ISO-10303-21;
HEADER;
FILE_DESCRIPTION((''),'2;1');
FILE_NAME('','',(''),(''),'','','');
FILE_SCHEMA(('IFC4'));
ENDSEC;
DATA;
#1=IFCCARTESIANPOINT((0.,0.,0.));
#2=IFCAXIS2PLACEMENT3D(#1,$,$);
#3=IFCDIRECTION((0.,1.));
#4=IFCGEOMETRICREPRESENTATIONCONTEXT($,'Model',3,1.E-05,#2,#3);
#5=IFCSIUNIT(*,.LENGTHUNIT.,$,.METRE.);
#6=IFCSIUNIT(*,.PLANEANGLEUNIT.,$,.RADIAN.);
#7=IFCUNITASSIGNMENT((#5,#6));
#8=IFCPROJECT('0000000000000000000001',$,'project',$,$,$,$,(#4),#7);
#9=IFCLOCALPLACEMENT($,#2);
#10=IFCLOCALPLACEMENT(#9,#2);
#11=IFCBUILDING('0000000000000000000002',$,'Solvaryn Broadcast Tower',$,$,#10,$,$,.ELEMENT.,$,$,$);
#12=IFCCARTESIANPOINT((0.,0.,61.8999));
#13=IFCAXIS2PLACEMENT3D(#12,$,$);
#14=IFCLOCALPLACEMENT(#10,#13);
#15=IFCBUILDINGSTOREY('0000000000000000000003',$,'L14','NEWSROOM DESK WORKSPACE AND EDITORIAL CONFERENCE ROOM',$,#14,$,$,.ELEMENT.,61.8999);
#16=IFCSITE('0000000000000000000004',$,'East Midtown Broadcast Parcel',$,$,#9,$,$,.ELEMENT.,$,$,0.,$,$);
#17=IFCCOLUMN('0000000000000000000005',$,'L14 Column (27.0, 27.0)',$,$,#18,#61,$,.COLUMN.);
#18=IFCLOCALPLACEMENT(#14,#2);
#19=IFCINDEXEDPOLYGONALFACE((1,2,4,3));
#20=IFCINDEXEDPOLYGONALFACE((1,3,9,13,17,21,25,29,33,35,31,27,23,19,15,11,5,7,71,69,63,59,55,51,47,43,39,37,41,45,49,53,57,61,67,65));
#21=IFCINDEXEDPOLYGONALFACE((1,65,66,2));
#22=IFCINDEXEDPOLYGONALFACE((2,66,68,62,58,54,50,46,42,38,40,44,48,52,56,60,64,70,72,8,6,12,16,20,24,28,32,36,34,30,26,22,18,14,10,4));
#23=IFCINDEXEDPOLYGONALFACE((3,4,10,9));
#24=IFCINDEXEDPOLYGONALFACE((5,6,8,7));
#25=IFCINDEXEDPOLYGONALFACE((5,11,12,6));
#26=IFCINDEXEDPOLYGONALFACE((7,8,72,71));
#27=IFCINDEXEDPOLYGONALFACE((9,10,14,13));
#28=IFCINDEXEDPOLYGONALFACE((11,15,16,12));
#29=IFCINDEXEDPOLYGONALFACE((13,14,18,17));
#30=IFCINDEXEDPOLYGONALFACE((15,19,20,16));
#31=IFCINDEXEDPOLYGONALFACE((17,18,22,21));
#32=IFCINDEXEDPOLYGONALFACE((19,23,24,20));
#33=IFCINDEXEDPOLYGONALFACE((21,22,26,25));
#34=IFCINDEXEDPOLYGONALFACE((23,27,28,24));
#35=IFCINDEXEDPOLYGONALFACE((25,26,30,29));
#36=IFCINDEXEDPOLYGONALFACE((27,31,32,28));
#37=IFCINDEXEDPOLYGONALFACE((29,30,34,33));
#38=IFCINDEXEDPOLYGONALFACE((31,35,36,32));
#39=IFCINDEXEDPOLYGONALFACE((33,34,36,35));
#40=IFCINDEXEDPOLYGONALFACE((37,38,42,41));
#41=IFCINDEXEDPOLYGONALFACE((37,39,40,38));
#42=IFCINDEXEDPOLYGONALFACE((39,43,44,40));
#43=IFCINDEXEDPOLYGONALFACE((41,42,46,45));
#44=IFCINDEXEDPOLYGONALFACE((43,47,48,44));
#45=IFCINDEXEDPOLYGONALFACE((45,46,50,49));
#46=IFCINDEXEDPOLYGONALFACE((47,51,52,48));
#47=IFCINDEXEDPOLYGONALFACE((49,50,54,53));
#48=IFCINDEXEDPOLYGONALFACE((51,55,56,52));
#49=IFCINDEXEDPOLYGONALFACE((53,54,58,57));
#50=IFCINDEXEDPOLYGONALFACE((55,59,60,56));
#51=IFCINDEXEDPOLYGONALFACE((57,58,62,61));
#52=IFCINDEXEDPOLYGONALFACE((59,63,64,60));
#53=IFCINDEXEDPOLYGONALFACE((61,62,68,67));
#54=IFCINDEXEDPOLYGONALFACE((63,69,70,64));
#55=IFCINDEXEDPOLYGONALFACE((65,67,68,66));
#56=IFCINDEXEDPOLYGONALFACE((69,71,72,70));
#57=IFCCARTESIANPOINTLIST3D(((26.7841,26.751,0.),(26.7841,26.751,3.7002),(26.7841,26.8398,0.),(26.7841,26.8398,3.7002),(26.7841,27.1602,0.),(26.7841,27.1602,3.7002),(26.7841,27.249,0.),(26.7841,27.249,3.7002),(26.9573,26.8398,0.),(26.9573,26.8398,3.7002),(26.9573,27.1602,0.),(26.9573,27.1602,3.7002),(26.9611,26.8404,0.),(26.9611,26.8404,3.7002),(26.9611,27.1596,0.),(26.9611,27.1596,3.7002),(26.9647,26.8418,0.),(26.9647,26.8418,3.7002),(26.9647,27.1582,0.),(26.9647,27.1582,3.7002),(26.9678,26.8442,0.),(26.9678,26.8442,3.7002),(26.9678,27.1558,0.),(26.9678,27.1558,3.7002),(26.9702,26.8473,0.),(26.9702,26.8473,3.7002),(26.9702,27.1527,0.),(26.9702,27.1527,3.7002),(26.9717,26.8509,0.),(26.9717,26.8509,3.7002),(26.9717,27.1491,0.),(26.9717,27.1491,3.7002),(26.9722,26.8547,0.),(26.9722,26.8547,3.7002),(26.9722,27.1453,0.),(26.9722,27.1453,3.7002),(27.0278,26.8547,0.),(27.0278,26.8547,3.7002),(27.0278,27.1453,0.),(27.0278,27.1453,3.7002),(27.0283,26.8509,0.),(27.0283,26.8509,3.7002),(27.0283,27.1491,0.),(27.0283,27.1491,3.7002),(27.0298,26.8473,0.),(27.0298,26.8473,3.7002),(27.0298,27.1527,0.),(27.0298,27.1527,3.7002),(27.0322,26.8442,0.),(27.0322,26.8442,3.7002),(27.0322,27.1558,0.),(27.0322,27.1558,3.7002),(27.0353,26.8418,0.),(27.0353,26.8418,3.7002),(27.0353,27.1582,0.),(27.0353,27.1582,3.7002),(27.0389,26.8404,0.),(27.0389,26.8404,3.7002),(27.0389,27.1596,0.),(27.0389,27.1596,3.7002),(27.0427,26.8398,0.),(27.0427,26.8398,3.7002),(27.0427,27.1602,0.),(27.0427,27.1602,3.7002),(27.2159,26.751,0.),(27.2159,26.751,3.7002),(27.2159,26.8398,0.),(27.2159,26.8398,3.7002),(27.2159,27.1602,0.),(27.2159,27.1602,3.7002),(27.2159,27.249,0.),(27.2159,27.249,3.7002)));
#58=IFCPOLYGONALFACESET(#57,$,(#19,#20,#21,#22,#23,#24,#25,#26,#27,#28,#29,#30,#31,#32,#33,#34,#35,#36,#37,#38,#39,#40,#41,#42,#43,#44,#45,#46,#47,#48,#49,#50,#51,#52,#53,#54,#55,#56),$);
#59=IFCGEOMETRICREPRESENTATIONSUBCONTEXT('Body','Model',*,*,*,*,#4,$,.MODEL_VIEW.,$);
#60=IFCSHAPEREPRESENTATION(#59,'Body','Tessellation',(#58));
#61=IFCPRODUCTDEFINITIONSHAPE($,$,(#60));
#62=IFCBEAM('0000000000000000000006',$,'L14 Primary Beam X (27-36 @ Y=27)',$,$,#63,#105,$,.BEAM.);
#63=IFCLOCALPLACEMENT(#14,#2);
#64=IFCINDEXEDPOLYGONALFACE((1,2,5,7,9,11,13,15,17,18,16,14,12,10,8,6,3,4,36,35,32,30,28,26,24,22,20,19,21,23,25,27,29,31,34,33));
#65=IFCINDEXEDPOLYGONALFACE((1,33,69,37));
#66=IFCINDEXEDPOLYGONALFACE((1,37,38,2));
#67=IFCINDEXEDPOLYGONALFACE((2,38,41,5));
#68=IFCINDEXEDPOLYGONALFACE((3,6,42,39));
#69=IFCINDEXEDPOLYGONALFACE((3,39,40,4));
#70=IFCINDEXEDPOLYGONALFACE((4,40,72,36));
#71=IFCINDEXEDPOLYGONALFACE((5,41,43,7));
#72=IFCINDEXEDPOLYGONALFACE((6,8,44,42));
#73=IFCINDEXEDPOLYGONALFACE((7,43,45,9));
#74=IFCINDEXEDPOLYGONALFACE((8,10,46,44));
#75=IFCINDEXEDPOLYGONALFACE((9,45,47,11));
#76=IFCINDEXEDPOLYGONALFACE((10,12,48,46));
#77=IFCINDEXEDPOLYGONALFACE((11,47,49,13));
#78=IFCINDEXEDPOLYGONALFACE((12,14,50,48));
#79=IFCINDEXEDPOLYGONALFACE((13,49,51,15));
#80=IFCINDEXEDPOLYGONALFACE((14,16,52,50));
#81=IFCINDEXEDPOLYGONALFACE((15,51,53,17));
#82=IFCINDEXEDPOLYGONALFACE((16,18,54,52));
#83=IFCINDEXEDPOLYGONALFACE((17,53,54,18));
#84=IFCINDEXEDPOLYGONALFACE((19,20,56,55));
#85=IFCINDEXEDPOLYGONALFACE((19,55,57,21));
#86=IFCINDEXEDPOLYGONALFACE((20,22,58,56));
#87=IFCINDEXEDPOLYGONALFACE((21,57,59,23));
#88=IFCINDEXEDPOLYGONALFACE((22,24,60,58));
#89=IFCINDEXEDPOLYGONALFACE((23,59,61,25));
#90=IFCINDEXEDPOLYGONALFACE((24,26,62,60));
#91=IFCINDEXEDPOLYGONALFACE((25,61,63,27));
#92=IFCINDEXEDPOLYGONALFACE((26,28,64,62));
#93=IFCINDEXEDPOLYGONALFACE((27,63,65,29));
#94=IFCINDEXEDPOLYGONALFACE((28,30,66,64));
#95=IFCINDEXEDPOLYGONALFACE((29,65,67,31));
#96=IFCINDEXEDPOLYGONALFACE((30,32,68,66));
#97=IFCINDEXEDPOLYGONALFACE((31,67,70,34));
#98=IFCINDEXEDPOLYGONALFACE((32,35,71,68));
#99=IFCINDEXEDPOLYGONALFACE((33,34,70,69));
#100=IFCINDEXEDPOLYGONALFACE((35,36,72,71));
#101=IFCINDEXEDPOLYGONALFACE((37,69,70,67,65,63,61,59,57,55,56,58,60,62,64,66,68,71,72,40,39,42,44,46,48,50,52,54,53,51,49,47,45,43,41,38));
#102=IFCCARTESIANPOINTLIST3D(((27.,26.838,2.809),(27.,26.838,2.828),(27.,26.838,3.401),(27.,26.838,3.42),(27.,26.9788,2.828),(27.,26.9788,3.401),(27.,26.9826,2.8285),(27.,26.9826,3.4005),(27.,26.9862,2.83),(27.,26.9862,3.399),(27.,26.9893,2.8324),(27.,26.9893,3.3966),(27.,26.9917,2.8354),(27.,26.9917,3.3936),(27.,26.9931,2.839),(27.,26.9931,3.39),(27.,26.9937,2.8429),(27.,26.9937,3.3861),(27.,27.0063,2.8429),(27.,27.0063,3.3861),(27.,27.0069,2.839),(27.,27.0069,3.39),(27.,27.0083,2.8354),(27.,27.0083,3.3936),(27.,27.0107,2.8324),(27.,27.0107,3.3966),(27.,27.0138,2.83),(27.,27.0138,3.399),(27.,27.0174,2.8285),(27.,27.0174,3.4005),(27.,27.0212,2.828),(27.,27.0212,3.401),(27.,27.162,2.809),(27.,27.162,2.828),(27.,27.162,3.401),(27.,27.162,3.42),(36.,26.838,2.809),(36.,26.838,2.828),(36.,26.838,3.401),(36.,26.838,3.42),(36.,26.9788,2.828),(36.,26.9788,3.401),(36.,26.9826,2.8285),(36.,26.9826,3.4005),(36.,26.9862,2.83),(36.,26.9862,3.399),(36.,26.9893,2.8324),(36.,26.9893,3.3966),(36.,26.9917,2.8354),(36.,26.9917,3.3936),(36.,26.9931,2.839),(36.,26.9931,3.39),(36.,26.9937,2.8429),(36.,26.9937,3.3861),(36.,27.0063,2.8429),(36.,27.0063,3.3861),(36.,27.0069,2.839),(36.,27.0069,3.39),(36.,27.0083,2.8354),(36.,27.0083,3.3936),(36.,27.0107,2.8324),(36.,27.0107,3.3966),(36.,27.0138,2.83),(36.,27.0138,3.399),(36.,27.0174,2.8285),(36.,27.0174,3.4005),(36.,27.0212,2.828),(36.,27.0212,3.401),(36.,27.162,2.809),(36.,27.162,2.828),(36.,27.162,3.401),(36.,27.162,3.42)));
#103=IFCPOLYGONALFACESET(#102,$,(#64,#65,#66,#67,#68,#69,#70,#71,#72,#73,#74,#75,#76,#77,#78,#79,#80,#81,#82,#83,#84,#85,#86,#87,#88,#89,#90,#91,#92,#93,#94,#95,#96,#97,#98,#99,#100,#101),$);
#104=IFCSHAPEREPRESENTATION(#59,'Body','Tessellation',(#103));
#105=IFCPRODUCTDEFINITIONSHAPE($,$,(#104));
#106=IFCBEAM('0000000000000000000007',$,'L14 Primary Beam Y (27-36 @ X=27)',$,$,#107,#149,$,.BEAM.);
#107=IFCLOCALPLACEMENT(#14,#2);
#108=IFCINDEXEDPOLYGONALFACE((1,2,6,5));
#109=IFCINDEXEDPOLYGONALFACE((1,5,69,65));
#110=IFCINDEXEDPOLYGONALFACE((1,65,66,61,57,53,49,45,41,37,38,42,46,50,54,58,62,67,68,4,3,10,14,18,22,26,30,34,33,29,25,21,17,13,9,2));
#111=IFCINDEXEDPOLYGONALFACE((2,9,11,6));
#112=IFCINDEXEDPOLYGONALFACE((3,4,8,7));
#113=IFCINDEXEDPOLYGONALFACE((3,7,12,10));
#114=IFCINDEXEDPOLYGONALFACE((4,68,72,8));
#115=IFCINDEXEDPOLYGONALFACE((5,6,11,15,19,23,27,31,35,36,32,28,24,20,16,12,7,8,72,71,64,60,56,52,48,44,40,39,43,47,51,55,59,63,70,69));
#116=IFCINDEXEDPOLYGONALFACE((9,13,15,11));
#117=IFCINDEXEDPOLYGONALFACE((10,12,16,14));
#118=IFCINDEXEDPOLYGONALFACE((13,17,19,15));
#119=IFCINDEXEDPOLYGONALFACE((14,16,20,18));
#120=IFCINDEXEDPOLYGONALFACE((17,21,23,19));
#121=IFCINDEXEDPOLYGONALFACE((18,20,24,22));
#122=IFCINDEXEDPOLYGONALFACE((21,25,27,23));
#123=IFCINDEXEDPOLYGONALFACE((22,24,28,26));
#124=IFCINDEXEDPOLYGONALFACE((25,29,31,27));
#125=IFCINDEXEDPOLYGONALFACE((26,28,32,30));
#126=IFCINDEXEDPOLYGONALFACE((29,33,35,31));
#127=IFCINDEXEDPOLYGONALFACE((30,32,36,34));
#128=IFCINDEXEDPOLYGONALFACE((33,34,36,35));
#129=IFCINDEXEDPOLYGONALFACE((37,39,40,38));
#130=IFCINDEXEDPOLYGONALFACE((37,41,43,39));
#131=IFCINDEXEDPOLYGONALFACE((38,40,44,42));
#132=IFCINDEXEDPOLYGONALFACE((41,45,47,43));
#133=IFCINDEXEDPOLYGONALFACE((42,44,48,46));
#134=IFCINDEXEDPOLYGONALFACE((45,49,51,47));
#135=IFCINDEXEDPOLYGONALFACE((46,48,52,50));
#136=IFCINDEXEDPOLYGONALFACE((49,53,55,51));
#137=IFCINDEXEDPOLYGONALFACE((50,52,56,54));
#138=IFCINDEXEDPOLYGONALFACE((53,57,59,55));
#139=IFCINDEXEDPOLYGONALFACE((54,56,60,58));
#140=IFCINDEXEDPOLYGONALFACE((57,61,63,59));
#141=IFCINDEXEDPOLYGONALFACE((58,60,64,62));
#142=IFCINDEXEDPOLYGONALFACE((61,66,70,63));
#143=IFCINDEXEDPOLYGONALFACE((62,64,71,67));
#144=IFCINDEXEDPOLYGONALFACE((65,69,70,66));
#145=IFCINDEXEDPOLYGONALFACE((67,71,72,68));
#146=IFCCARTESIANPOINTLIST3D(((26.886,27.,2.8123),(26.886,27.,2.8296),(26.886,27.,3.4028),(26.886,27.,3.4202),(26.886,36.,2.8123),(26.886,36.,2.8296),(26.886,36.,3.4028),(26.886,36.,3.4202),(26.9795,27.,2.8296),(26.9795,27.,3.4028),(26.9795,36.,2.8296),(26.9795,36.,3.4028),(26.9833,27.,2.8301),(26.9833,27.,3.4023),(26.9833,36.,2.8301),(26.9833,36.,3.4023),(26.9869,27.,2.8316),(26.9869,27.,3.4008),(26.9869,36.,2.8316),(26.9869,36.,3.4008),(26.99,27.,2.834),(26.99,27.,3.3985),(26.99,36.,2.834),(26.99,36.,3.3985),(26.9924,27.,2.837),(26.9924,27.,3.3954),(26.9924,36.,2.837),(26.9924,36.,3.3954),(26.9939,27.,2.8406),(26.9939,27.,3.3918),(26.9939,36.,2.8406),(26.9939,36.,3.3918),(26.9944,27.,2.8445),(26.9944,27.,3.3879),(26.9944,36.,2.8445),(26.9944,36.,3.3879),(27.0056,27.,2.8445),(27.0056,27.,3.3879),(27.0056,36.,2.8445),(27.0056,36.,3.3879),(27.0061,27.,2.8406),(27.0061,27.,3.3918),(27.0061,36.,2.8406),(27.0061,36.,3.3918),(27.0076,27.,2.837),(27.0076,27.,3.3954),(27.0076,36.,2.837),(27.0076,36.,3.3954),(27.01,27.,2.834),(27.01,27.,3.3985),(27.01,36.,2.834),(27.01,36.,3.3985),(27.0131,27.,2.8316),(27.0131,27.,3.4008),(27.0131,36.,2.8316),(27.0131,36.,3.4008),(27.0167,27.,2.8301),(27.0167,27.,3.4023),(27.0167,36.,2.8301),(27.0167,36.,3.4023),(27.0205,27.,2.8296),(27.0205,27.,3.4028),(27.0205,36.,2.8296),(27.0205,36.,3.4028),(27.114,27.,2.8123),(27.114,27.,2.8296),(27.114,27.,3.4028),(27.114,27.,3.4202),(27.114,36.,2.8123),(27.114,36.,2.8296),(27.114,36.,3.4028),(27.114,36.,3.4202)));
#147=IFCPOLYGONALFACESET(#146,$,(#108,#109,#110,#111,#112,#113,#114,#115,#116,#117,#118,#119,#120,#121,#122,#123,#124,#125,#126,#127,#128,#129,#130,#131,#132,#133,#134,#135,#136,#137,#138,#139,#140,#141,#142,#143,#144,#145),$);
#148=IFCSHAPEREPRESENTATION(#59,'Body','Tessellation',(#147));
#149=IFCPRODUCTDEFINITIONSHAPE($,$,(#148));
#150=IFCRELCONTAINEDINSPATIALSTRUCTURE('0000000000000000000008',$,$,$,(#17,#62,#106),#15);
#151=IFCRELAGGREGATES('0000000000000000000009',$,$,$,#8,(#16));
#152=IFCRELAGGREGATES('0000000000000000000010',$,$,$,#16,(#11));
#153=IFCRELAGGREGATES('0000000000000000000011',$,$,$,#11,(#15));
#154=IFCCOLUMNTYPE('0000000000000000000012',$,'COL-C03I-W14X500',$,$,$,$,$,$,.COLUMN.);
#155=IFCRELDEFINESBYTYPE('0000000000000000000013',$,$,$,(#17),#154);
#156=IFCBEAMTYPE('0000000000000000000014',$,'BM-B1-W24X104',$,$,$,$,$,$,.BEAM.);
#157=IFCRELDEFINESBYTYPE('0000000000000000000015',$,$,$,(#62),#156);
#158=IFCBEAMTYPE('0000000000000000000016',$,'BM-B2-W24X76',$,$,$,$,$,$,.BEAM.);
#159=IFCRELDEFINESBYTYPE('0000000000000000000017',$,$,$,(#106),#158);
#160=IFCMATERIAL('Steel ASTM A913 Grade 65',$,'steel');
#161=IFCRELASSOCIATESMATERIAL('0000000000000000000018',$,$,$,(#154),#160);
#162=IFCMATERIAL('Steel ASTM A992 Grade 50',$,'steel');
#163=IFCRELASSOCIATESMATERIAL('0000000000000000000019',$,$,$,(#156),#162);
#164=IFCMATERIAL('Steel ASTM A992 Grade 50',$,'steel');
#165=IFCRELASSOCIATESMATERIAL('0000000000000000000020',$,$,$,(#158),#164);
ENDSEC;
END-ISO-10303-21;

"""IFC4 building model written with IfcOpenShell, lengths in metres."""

from ifc_helpers import new_model, si_unit, direction, frame, origin, origin_2d, place, context, subcontext, project, spatial, i_section, extrude, material, material_profile, profile_set, type_object, element, save


model = new_model("IFC4")

# Units and contexts
model_context = context("Model", 3, precision=1e-05, world=origin(), true_north=direction((0.0, 1.0)))
body_context = subcontext(model_context, "Body", "Model", "MODEL_VIEW")
ifc_project = project(units=[si_unit("LENGTHUNIT", "METRE"), si_unit("PLANEANGLEUNIT", "RADIAN")], contexts=[model_context])

# Site, building, storey
site_placement = place(None, origin())
site = spatial("IfcSite", under=ifc_project, at=site_placement, Name="East Midtown Broadcast Parcel", CompositionType="ELEMENT", RefElevation=0.0)
building_placement = place(site_placement, origin())
building = spatial("IfcBuilding", under=site, at=building_placement, Name="Solvaryn Broadcast Tower", CompositionType="ELEMENT")
storey_placement = place(building_placement, frame((0.0, 0.0, 61.8999)))
storey = spatial("IfcBuildingStorey", under=building, at=storey_placement, Name="L14", Description="NEWSROOM DESK WORKSPACE AND EDITORIAL CONFERENCE ROOM", CompositionType="ELEMENT", Elevation=61.8999)

# Column
ifc_material_1 = material(Name="Steel ASTM A913 Grade 65", Category="steel")
ifc_material_profile_1 = material_profile(ifc_material_1, i_section(OverallWidth=0.4319, OverallDepth=0.498, WebThickness=0.0557, FlangeThickness=0.0889, FilletRadius=0.0149, at=origin_2d()))
ifc_profile_set_1 = profile_set([ifc_material_profile_1], Name="Steel ASTM A913 Grade 65")
column_type = type_object("IfcColumnType", Name="COL-C03I-W14X500", PredefinedType="COLUMN", material=ifc_profile_set_1)
column_placement = place(storey_placement, frame((27.0, 27.0, 0.0), z_axis=(0.0, 0.0, 1.0), x_axis=(1.0, 0.0, 0.0)))
element("IfcColumn", 1, at=column_placement, inside=storey, type_object=column_type, Name="L14 Column (27.0, 27.0)", PredefinedType="COLUMN", context=body_context, shape_type="SweptSolid", body=[
    extrude(i_section(OverallWidth=0.4319, OverallDepth=0.498, WebThickness=0.0557, FlangeThickness=0.0889, FilletRadius=0.0149, at=origin_2d()), origin(), (0.0, 0.0, 1.0), 3.7002),
])

# Beams
ifc_material_2 = material(Name="Steel ASTM A992 Grade 50", Category="steel")
ifc_material_profile_2 = material_profile(ifc_material_2, i_section(OverallWidth=0.324, OverallDepth=0.6111, WebThickness=0.0127, FlangeThickness=0.019, FilletRadius=0.0149, at=origin_2d()))
ifc_profile_set_2 = profile_set([ifc_material_profile_2], Name="Steel ASTM A992 Grade 50")
beam_type_1 = type_object("IfcBeamType", Name="BM-B1-W24X104", PredefinedType="BEAM", material=ifc_profile_set_2)
beam_1_placement = place(storey_placement, frame((27.0, 27.0, 3.1145), z_axis=(1.0, 0.0, 0.0), x_axis=(0.0, 1.0, 0.0)))
element("IfcBeam", 2, at=beam_1_placement, inside=storey, type_object=beam_type_1, Name="L14 Primary Beam X (27-36 @ Y=27)", PredefinedType="BEAM", context=body_context, shape_type="SweptSolid", body=[
    extrude(i_section(OverallWidth=0.324, OverallDepth=0.6111, WebThickness=0.0127, FlangeThickness=0.019, FilletRadius=0.0149, at=origin_2d()), origin(), (0.0, 0.0, 1.0), 9.0),
])
ifc_material_3 = material(Name="Steel ASTM A992 Grade 50", Category="steel")
ifc_material_profile_3 = material_profile(ifc_material_3, i_section(OverallWidth=0.228, OverallDepth=0.6079, WebThickness=0.0112, FlangeThickness=0.0173, FilletRadius=0.0149, at=origin_2d()))
ifc_profile_set_3 = profile_set([ifc_material_profile_3], Name="Steel ASTM A992 Grade 50")
beam_type_2 = type_object("IfcBeamType", Name="BM-B2-W24X76", PredefinedType="BEAM", material=ifc_profile_set_3)
beam_2_placement = place(storey_placement, frame((27.0, 27.0, 3.1162), z_axis=(0.0, 1.0, 0.0), x_axis=(-1.0, 0.0, 0.0)))
element("IfcBeam", 3, at=beam_2_placement, inside=storey, type_object=beam_type_2, Name="L14 Primary Beam Y (27-36 @ X=27)", PredefinedType="BEAM", context=body_context, shape_type="SweptSolid", body=[
    extrude(i_section(OverallWidth=0.228, OverallDepth=0.6079, WebThickness=0.0112, FlangeThickness=0.0173, FilletRadius=0.0149, at=origin_2d()), origin(), (0.0, 0.0, 1.0), 9.0),
])

save(model, "model.ifc")
